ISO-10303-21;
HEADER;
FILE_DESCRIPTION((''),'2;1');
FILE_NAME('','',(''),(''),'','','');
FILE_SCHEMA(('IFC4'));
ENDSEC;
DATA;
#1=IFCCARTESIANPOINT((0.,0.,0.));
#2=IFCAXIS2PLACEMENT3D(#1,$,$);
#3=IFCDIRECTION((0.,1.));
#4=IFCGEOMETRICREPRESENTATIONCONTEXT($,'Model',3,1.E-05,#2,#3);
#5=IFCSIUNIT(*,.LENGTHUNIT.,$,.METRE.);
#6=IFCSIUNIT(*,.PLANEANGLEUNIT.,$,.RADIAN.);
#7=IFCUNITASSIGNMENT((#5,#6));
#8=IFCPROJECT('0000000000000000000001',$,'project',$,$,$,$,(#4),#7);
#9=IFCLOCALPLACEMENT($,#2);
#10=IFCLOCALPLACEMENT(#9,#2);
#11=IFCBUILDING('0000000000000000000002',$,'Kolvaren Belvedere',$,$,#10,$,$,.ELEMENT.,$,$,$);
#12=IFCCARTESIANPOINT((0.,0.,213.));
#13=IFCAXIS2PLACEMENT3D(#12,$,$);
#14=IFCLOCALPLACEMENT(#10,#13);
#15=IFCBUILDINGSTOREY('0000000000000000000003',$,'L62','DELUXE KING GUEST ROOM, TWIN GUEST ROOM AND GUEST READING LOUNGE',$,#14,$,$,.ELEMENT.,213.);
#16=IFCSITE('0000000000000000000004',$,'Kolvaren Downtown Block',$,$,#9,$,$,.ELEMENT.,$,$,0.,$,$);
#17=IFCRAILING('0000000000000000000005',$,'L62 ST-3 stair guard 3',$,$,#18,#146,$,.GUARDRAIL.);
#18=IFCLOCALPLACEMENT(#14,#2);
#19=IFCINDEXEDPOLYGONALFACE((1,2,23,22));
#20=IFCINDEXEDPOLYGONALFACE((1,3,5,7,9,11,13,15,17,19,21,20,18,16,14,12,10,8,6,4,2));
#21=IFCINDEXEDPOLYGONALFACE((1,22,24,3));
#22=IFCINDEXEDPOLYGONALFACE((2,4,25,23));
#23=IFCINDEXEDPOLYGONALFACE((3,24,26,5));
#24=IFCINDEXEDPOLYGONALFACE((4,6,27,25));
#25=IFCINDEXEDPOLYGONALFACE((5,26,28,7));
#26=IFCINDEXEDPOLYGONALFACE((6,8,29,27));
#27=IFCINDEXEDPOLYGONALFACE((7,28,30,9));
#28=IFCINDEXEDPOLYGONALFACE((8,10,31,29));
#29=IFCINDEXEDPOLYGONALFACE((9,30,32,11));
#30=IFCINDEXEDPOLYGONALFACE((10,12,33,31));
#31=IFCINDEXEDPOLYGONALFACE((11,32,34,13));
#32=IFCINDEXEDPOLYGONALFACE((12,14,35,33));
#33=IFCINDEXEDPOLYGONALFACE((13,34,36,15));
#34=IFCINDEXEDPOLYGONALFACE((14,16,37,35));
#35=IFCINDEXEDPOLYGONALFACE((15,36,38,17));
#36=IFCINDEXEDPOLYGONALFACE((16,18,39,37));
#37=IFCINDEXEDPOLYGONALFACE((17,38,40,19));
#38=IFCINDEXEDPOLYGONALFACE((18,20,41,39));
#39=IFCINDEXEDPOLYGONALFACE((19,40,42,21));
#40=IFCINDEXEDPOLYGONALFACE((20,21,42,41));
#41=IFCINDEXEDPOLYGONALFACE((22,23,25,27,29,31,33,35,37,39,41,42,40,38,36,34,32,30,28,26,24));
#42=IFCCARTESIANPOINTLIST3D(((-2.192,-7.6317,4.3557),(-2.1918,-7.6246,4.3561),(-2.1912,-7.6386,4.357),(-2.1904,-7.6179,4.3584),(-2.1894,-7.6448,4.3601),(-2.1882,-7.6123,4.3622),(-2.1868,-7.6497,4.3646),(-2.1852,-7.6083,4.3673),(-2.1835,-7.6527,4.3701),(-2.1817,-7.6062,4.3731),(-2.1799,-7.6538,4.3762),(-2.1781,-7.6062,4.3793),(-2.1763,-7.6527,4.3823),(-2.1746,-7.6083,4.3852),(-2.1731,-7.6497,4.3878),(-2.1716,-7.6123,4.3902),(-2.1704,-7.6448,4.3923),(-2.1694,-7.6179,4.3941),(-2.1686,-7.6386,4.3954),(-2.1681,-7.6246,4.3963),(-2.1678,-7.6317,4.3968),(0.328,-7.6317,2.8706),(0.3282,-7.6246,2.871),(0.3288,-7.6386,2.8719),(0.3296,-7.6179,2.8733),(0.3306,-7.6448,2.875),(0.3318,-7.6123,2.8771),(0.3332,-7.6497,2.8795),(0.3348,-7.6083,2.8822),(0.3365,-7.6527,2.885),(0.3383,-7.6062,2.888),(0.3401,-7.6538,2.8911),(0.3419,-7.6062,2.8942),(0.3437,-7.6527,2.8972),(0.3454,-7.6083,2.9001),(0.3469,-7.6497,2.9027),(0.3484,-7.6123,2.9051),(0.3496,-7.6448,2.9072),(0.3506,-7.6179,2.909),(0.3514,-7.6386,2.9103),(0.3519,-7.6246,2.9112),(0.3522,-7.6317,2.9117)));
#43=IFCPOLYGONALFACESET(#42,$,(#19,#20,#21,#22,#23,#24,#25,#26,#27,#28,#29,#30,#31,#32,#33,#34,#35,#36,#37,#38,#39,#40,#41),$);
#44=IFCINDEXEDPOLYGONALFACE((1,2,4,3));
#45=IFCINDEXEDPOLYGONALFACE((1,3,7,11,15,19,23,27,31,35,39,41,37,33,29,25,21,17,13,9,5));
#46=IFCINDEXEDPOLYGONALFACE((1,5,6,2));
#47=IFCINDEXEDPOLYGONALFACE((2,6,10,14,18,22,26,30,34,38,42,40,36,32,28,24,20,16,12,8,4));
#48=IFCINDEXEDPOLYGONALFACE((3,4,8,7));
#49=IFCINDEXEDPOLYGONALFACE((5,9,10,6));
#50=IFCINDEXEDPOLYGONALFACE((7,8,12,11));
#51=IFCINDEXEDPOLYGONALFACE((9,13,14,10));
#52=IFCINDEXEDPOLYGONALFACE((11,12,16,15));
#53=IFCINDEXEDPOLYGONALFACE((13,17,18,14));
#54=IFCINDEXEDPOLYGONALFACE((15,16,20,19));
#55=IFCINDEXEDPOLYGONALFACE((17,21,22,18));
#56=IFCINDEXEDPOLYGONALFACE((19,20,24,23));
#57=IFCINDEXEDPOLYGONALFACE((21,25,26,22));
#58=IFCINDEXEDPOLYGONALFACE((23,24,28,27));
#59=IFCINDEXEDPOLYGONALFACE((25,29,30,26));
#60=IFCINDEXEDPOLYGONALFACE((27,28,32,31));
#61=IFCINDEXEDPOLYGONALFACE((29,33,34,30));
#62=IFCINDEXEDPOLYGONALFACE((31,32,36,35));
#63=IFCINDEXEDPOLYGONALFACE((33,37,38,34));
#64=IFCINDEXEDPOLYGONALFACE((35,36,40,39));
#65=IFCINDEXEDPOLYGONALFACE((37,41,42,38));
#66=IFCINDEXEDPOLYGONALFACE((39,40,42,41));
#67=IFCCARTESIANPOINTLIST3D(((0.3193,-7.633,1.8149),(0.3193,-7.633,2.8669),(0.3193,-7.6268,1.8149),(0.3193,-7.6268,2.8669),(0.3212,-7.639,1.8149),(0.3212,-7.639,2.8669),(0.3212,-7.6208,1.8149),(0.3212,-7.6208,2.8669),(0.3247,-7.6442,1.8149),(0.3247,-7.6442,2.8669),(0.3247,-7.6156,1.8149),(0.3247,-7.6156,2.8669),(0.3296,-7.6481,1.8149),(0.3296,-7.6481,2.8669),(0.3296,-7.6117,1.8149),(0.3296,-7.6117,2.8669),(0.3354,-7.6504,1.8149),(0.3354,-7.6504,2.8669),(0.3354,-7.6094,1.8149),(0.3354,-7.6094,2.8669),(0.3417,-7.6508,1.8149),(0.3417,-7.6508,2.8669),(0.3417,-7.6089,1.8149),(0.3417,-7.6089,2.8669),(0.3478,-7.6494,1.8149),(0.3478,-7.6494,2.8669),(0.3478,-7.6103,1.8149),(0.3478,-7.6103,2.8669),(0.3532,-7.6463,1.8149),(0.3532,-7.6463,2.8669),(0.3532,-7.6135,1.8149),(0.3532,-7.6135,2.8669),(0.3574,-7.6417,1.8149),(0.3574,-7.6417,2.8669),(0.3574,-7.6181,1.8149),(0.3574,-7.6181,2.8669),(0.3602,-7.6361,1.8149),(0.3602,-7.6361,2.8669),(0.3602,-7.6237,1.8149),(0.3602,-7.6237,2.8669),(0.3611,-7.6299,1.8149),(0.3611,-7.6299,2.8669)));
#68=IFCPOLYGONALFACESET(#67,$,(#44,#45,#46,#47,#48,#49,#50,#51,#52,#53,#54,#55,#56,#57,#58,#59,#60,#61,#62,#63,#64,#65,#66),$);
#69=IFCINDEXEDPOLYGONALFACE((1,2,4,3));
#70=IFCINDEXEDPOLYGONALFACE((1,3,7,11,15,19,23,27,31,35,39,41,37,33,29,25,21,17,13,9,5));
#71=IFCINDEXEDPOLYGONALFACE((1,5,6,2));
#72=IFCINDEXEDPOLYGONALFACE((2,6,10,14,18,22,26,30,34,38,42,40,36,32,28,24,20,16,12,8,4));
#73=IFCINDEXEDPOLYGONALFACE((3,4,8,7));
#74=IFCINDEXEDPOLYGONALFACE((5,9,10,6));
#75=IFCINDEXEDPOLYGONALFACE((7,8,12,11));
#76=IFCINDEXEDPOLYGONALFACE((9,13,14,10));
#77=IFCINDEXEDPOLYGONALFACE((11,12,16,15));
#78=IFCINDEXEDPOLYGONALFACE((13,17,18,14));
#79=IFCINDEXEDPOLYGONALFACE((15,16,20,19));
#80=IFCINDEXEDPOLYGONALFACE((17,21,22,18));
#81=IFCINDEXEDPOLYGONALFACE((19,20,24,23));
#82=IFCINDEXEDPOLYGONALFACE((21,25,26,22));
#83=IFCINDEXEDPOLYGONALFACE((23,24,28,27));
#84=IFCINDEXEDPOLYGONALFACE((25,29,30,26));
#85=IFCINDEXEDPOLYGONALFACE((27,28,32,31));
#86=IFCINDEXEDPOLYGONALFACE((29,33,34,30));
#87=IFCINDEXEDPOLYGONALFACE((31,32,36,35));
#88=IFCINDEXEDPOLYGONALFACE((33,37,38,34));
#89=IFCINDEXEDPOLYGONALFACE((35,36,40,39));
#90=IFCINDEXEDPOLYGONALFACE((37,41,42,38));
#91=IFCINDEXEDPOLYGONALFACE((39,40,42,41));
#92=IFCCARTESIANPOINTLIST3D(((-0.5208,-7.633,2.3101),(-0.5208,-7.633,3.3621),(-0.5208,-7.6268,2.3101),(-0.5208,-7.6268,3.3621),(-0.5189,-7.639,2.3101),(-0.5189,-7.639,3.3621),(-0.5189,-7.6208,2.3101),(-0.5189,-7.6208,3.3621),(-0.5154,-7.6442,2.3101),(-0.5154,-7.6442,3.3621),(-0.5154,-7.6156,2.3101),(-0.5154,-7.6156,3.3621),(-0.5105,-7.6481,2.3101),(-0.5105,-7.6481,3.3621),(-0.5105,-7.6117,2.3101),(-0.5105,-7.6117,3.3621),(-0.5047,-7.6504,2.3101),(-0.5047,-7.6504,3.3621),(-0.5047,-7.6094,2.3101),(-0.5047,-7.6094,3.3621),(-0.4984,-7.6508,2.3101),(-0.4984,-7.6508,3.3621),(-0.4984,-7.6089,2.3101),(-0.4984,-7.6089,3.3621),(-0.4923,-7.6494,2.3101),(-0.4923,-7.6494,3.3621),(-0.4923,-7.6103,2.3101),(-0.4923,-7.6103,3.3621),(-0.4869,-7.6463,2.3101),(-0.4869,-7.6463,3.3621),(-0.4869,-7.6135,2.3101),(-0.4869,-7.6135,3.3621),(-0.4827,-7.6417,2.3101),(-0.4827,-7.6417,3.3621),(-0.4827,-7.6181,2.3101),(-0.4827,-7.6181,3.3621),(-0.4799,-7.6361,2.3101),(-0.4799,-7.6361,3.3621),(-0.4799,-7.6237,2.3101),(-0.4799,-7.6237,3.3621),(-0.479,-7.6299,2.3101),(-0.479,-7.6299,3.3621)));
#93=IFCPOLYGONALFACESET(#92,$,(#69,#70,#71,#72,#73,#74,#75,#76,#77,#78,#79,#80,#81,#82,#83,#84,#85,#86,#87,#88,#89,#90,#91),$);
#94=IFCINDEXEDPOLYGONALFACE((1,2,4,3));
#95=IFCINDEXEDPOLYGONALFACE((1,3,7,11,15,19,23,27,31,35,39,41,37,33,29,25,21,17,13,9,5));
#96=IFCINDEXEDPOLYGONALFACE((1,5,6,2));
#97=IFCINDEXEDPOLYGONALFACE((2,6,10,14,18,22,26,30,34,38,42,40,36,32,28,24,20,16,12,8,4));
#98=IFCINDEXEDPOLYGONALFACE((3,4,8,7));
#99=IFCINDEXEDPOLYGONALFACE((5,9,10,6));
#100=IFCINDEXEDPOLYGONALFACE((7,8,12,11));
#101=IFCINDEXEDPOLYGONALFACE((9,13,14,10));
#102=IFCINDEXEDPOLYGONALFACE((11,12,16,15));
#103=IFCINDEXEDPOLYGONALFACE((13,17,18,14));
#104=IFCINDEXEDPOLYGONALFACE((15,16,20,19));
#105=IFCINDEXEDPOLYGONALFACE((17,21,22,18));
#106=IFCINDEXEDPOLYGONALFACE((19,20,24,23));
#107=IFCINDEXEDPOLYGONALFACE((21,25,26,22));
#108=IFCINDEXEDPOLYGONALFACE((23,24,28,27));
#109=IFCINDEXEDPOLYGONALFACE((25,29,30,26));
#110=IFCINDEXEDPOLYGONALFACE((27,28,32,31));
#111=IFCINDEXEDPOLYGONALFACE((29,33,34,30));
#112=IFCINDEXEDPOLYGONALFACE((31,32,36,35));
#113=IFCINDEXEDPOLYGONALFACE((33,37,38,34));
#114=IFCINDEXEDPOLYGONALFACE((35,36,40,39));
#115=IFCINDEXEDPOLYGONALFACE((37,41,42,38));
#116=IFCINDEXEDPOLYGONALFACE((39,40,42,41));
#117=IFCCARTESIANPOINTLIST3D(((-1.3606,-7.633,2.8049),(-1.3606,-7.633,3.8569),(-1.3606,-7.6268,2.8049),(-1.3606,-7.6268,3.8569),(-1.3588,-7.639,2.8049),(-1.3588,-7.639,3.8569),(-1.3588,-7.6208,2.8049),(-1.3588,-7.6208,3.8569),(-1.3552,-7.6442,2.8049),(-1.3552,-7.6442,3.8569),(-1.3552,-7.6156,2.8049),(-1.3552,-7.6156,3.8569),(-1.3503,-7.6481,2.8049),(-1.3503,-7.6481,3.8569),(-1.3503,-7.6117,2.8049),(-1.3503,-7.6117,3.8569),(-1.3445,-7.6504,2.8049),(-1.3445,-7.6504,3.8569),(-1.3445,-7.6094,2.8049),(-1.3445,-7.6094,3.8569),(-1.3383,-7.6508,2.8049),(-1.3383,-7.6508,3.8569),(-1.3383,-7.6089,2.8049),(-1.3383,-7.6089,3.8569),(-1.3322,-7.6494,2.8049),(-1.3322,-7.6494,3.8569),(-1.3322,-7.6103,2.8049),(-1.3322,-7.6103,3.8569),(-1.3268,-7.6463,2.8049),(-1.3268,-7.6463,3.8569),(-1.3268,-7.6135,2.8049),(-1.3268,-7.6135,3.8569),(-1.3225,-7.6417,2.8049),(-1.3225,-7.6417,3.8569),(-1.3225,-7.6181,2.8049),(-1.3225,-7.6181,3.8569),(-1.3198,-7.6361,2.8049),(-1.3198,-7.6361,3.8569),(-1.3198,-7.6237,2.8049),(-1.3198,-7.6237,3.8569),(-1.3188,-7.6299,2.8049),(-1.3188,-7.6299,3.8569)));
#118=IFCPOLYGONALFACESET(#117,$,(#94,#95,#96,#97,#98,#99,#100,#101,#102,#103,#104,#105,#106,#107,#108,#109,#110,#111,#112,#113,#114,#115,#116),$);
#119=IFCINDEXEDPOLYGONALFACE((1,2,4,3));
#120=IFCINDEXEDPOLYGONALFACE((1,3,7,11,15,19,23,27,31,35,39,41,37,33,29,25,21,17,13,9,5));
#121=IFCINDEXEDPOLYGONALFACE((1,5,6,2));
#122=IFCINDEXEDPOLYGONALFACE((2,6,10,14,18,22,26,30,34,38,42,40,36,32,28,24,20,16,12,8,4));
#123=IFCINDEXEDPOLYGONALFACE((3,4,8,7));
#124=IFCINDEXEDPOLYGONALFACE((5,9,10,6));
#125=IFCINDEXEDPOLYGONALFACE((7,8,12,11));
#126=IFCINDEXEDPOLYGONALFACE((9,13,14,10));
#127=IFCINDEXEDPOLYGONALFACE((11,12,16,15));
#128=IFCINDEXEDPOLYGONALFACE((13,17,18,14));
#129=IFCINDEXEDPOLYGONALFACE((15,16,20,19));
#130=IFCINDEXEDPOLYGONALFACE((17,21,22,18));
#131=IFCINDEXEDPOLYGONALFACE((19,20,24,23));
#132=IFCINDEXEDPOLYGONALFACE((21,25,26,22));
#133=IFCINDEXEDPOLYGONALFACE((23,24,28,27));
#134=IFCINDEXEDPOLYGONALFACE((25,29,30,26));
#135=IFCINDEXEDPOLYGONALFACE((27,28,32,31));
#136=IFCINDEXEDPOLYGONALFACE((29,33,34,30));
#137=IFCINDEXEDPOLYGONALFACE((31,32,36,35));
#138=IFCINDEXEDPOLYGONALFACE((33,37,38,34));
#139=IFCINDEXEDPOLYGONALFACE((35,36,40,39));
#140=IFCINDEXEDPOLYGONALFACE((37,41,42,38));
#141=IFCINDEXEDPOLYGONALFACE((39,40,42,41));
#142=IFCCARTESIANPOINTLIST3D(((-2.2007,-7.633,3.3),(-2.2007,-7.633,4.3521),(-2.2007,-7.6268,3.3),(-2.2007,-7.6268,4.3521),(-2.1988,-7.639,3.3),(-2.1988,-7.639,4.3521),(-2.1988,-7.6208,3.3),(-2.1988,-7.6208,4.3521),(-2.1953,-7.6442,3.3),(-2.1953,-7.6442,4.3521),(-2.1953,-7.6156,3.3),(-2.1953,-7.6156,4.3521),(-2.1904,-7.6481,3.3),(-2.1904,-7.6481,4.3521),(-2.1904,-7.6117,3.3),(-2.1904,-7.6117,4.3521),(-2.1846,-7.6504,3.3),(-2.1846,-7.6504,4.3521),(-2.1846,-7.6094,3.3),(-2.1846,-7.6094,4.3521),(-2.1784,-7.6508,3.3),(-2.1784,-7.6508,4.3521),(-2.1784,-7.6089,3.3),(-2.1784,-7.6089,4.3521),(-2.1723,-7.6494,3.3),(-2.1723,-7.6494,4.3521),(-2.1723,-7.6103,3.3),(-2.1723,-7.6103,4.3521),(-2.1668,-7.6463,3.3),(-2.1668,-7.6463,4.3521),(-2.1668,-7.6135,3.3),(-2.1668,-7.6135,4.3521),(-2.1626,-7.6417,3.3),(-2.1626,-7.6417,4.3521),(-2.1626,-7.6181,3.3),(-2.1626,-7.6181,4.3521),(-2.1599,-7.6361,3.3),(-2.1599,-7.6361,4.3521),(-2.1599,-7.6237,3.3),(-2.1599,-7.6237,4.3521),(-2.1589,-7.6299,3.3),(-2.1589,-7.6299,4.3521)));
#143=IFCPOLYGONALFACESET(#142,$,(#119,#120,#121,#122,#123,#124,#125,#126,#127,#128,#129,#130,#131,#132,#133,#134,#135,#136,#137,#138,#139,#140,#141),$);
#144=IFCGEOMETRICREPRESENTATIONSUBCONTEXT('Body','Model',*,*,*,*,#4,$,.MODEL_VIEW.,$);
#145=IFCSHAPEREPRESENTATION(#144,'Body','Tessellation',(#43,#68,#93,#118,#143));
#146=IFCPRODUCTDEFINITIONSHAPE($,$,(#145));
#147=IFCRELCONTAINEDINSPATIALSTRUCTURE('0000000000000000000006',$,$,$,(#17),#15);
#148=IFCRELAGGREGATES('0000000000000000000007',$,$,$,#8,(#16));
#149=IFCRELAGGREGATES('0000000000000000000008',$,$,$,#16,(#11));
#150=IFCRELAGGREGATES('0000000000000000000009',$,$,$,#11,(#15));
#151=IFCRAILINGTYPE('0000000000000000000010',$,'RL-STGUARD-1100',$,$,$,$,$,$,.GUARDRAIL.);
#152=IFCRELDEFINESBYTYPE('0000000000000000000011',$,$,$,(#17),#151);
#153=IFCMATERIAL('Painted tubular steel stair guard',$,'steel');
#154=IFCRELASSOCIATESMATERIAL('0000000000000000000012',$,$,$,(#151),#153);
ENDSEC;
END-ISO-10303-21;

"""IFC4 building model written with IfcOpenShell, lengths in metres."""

from ifc_helpers import new_model, si_unit, direction, frame, origin, origin_2d, place, context, subcontext, project, spatial, circle, extrude, material, type_object, element, save


model = new_model("IFC4")

# Units and contexts
model_context = context("Model", 3, precision=1e-05, world=origin(), true_north=direction((0.0, 1.0)))
body_context = subcontext(model_context, "Body", "Model", "MODEL_VIEW")
ifc_project = project(units=[si_unit("LENGTHUNIT", "METRE"), si_unit("PLANEANGLEUNIT", "RADIAN")], contexts=[model_context])

# Site, building, storey
site_placement = place(None, origin())
site = spatial("IfcSite", under=ifc_project, at=site_placement, Name="Kolvaren Downtown Block", CompositionType="ELEMENT", RefElevation=0.0)
building_placement = place(site_placement, origin())
building = spatial("IfcBuilding", under=site, at=building_placement, Name="Kolvaren Belvedere", CompositionType="ELEMENT")
storey_placement = place(building_placement, frame((0.0, 0.0, 213.0)))
storey = spatial("IfcBuildingStorey", under=building, at=storey_placement, Name="L62", Description="DELUXE KING GUEST ROOM, TWIN GUEST ROOM AND GUEST READING LOUNGE", CompositionType="ELEMENT", Elevation=213.0)

# Railing
ifc_material_1 = material(Name="Painted tubular steel stair guard", Category="steel")
railing_type = type_object("IfcRailingType", Name="RL-STGUARD-1100", PredefinedType="GUARDRAIL", material=ifc_material_1)
railing_1_placement = place(storey_placement, frame((0.3401, -7.6299, 1.8149)))
element("IfcRailing", 1, at=railing_1_placement, inside=storey, type_object=railing_type, Name="L62 ST-3 stair guard 3", PredefinedType="GUARDRAIL", context=body_context, shape_type="SweptSolid", body=[
    extrude(circle(Radius=0.0239, at=origin_2d()), frame((0.0, 0.0, 1.0762), z_axis=(-0.861524, 0.0, 0.507717), x_axis=(0.0, -1.0, 0.0)), (0.0, 0.0, 1.0), 2.925),
    extrude(circle(Radius=0.021, at=origin_2d()), origin(), (0.0, 0.0, 1.0), 1.052),
    extrude(circle(Radius=0.021, at=origin_2d()), frame((-0.8401, 0.0, 0.4951)), (0.0, 0.0, 1.0), 1.052),
    extrude(circle(Radius=0.021, at=origin_2d()), frame((-1.6799, 0.0, 0.99)), (0.0, 0.0, 1.0), 1.052),
    extrude(circle(Radius=0.021, at=origin_2d()), frame((-2.52, 0.0, 1.4851)), (0.0, 0.0, 1.0), 1.052),
])

save(model, "model.ifc")
